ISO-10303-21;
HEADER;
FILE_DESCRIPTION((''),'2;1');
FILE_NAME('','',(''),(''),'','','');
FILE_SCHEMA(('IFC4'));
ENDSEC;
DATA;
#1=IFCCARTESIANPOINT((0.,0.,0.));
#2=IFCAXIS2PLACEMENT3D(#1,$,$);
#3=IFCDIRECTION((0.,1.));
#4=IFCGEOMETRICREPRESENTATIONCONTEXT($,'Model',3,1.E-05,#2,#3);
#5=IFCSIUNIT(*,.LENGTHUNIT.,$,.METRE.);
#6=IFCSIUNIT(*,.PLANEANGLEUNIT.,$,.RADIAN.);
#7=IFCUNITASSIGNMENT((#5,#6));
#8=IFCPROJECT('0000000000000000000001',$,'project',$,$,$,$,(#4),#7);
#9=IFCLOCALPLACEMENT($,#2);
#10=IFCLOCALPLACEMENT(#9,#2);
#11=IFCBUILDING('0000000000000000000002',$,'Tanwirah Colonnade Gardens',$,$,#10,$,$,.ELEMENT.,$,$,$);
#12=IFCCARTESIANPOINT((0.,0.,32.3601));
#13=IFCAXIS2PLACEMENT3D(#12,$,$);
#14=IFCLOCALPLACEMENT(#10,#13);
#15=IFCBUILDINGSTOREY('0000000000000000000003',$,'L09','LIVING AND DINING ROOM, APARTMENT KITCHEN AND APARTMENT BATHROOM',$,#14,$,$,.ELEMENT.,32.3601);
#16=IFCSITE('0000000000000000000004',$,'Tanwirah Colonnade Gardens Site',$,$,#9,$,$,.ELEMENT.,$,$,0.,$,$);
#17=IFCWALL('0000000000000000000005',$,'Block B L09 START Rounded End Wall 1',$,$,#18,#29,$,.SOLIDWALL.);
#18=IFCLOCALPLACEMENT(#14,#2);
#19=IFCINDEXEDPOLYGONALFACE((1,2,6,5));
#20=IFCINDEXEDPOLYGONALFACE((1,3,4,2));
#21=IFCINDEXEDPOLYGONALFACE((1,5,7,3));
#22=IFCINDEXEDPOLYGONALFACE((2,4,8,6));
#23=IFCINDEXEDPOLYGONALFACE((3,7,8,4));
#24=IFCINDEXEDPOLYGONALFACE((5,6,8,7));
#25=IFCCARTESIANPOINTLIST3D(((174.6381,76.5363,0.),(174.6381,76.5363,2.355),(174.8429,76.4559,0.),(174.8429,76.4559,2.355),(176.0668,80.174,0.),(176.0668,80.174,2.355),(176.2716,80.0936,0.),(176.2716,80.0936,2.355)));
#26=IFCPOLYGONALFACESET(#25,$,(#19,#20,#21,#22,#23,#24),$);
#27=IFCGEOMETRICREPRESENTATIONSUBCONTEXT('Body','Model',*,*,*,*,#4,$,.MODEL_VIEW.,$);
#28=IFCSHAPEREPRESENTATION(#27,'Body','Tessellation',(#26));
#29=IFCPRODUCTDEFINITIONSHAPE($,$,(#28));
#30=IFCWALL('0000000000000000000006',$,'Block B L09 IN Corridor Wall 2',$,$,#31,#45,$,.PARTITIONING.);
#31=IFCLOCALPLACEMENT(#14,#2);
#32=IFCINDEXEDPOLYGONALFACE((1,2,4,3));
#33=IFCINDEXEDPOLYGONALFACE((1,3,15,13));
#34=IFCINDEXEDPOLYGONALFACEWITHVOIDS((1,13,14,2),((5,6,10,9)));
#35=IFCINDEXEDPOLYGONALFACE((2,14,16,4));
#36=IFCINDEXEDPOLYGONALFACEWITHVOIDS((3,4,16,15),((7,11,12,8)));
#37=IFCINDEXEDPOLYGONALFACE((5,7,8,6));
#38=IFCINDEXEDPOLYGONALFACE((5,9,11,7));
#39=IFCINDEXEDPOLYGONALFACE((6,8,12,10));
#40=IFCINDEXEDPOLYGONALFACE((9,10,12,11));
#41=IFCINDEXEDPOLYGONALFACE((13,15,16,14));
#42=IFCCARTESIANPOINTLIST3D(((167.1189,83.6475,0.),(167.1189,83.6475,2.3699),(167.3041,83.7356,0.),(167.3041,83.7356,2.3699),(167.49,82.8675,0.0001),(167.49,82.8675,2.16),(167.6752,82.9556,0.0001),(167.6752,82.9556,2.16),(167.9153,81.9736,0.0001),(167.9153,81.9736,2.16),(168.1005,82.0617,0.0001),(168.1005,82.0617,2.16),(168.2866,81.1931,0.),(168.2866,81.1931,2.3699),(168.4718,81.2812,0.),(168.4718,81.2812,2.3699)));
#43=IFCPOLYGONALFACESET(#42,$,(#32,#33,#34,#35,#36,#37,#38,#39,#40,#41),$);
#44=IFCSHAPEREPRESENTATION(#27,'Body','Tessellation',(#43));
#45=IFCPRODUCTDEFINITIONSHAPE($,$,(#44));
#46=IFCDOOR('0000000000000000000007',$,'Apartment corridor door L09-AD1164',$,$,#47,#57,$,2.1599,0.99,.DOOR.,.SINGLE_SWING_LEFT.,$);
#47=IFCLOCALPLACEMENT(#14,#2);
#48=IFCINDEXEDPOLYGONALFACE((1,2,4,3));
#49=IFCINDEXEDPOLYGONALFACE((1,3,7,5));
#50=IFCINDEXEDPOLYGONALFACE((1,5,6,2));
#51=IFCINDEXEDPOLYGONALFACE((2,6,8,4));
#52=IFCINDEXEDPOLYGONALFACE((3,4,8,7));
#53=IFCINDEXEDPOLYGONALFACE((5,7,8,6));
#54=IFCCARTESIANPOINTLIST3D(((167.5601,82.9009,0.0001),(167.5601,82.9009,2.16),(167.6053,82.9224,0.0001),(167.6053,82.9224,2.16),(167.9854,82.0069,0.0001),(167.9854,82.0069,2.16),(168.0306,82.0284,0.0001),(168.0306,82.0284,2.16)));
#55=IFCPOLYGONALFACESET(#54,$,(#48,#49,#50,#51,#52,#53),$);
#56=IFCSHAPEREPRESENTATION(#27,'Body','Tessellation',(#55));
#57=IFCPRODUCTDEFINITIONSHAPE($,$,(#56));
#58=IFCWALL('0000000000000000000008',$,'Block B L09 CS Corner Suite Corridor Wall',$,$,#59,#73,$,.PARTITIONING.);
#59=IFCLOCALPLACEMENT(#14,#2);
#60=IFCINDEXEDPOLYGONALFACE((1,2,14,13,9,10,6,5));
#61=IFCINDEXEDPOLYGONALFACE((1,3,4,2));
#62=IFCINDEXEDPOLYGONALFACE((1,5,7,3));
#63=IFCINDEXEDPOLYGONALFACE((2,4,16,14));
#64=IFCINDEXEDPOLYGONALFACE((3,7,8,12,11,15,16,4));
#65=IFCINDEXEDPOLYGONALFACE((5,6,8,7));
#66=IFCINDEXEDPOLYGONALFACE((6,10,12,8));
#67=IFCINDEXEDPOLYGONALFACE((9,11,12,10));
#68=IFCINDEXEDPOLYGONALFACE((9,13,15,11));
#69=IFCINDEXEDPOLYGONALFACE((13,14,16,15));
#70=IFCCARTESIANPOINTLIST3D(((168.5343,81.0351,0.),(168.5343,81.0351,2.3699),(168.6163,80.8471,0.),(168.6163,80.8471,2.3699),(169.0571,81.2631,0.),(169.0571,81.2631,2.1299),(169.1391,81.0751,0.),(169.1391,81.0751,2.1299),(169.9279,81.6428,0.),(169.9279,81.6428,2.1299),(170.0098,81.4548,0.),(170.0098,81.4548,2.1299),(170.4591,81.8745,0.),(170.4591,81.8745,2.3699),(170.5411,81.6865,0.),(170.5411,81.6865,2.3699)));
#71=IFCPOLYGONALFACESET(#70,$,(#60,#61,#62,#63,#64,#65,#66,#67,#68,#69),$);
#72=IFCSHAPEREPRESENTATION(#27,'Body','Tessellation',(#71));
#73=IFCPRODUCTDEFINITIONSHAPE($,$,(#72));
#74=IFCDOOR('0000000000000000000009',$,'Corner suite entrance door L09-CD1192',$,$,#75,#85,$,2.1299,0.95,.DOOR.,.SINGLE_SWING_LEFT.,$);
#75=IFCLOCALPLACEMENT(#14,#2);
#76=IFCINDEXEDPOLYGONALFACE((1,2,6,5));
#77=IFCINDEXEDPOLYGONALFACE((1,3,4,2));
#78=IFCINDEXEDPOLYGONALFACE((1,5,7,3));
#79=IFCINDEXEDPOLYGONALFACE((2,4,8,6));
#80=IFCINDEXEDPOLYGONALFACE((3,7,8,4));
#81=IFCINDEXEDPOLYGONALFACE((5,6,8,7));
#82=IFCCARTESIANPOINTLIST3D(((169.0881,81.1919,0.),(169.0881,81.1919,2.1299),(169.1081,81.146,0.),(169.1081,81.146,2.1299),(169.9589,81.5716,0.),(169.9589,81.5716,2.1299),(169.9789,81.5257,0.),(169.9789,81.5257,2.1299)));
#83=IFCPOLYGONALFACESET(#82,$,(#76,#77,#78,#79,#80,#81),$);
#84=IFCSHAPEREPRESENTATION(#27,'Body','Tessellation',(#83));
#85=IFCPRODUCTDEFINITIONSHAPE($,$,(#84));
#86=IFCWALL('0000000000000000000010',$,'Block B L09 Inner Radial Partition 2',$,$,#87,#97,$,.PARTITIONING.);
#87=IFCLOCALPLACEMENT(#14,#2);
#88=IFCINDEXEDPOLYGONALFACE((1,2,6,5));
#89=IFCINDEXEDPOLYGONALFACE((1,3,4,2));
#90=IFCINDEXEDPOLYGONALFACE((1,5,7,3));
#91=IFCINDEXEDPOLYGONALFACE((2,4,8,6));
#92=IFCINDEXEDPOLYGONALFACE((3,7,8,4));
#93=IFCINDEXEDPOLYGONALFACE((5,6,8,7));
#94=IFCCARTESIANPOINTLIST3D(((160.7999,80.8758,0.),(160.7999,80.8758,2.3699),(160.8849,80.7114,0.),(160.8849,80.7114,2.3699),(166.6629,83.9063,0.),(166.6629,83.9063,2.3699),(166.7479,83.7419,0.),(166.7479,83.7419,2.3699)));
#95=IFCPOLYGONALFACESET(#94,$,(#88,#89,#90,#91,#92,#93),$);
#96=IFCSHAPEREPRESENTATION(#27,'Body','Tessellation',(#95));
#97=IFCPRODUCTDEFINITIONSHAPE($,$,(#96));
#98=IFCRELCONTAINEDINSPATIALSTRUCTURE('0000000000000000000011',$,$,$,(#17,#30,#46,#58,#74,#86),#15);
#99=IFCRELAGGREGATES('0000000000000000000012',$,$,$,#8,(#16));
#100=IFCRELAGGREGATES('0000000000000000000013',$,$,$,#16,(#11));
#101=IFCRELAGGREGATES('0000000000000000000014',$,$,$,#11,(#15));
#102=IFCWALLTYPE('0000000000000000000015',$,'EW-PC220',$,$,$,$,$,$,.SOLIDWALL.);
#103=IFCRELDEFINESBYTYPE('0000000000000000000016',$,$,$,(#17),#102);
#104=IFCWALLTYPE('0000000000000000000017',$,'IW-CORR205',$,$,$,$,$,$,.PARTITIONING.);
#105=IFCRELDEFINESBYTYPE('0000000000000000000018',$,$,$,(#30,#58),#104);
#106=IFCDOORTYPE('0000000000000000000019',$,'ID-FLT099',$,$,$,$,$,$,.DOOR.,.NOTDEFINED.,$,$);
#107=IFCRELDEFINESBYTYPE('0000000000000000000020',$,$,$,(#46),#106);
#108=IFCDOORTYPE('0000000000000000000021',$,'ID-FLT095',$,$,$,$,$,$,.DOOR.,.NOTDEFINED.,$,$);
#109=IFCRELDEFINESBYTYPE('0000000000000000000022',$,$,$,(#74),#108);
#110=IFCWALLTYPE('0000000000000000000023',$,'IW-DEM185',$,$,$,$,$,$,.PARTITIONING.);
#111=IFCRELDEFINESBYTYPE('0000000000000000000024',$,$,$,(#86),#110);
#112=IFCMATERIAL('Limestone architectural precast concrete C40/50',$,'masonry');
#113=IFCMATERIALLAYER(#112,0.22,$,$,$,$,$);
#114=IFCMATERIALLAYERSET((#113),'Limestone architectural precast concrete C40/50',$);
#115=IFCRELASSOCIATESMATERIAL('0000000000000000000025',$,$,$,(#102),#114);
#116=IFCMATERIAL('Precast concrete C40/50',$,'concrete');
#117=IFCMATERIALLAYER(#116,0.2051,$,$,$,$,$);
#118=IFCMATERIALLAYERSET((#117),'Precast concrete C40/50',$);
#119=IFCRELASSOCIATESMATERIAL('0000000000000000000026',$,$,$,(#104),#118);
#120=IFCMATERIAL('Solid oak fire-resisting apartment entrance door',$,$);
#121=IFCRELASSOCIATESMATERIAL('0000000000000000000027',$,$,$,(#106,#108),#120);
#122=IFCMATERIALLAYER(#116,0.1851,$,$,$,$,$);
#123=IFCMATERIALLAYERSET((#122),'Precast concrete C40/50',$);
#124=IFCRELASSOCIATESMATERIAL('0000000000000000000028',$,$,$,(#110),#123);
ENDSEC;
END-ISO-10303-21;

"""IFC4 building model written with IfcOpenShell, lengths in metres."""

from ifc_helpers import new_model, si_unit, direction, frame, frame_2d, origin, place, context, subcontext, project, spatial, rectangle, extrude, material, layer, layer_set, type_object, element, fill, save


model = new_model("IFC4")

# Units and contexts
model_context = context("Model", 3, precision=1e-05, world=origin(), true_north=direction((0.0, 1.0)))
body_context = subcontext(model_context, "Body", "Model", "MODEL_VIEW")
ifc_project = project(units=[si_unit("LENGTHUNIT", "METRE"), si_unit("PLANEANGLEUNIT", "RADIAN")], contexts=[model_context])

# Site, building, storey
site_placement = place(None, origin())
site = spatial("IfcSite", under=ifc_project, at=site_placement, Name="Tanwirah Colonnade Gardens Site", CompositionType="ELEMENT", RefElevation=0.0)
building_placement = place(site_placement, origin())
building = spatial("IfcBuilding", under=site, at=building_placement, Name="Tanwirah Colonnade Gardens", CompositionType="ELEMENT")
storey_placement = place(building_placement, frame((0.0, 0.0, 32.3601)))
storey = spatial("IfcBuildingStorey", under=building, at=storey_placement, Name="L09", Description="LIVING AND DINING ROOM, APARTMENT KITCHEN AND APARTMENT BATHROOM", CompositionType="ELEMENT", Elevation=32.3601)

# Shared definitions
ifc_material_1 = material(Name="Precast concrete C40/50", Category="concrete")

# Shared definitions
ifc_material_2 = material(Name="Limestone architectural precast concrete C40/50", Category="masonry")
ifc_layer_1 = layer(ifc_material_2, 0.22)
ifc_layer_set_1 = layer_set([ifc_layer_1], Name="Limestone architectural precast concrete C40/50")
wall_type_1 = type_object("IfcWallType", Name="EW-PC220", PredefinedType="SOLIDWALL", material=ifc_layer_set_1)

# Wall
wall_1_placement = place(storey_placement, frame((176.1692, 80.1338, 0.0), z_axis=(0.0, 0.0, 1.0), x_axis=(-0.365567, -0.930785, 0.0)))
element("IfcWall", 1, at=wall_1_placement, inside=storey, type_object=wall_type_1, Name="Block B L09 START Rounded End Wall 1", PredefinedType="SOLIDWALL", context=body_context, shape_type="SweptSolid", body=[
    extrude(rectangle(XDim=3.9082, YDim=0.22, at=frame_2d((1.9541, 0.0))), origin(), (0.0, 0.0, 1.0), 2.355),
])

# Walls, openings, doors
ifc_layer_2 = layer(ifc_material_1, 0.2051)
ifc_layer_set_2 = layer_set([ifc_layer_2], Name="Precast concrete C40/50")
wall_type_2 = type_object("IfcWallType", Name="IW-CORR205", PredefinedType="PARTITIONING", material=ifc_layer_set_2)
wall_2_placement = place(storey_placement, frame((168.3792, 81.2373, 0.0), z_axis=(0.0, 0.0, 1.0), x_axis=(-0.42963, 0.903005, 0.0)))
wall_2 = element("IfcWall", 2, at=wall_2_placement, inside=storey, type_object=wall_type_2, Name="Block B L09 IN Corridor Wall 2", PredefinedType="PARTITIONING", context=body_context, shape_type="SweptSolid", body=[
    extrude(rectangle(XDim=2.718, YDim=0.2051, at=frame_2d((1.3589, 0.0))), origin(), (0.0, 0.0, 1.0), 2.3699),
])
opening_1_placement = place(wall_2_placement, frame((0.864, 0.0, 0.0)))
opening_1 = element("IfcOpeningElement", 3, at=opening_1_placement, cuts=wall_2, PredefinedType="OPENING", context=body_context, shape_type="SweptSolid", body=[
    extrude(rectangle(XDim=0.99, YDim=2.1599, at=frame_2d((0.4951, 1.0801))), frame((0.0, 0.1125, 0.0), z_axis=(0.0, -1.0, 0.0), x_axis=(1.0, 0.0, 0.0)), (0.0, 0.0, 1.0), 0.2251),
])
ifc_material_3 = material(Name="Solid oak fire-resisting apartment entrance door")
door_type_1 = type_object("IfcDoorType", Name="ID-FLT099", OperationType="NOTDEFINED", PredefinedType="DOOR", material=ifc_material_3)
door_1_placement = place(opening_1_placement, origin())
door_1 = element("IfcDoor", 4, at=door_1_placement, inside=storey, type_object=door_type_1, Name="Apartment corridor door L09-AD1164", OperationType="SINGLE_SWING_LEFT", OverallHeight=2.1599, OverallWidth=0.99, PredefinedType="DOOR", context=body_context, shape_type="SweptSolid", body=[
    extrude(rectangle(XDim=0.99, YDim=2.1599, at=frame_2d((0.4951, 1.0801))), frame((0.0, 0.0249, 0.0), z_axis=(0.0, -1.0, 0.0), x_axis=(1.0, 0.0, 0.0)), (0.0, 0.0, 1.0), 0.05),
])
fill(opening_1, door_1)
wall_3_placement = place(storey_placement, frame((168.5754, 80.9412, 0.0), z_axis=(0.0, 0.0, 1.0), x_axis=(0.916637, 0.399721, 0.0)))
wall_3 = element("IfcWall", 5, at=wall_3_placement, inside=storey, type_object=wall_type_2, Name="Block B L09 CS Corner Suite Corridor Wall", PredefinedType="PARTITIONING", context=body_context, shape_type="SweptSolid", body=[
    extrude(rectangle(XDim=2.0999, YDim=0.2051, at=frame_2d((1.0498, 0.0))), origin(), (0.0, 0.0, 1.0), 2.3699),
])
opening_2_placement = place(wall_3_placement, frame((0.5701, 0.0, 0.0)))
opening_2 = element("IfcOpeningElement", 6, at=opening_2_placement, cuts=wall_3, PredefinedType="OPENING", context=body_context, shape_type="SweptSolid", body=[
    extrude(rectangle(XDim=0.95, YDim=2.1299, at=frame_2d((0.4751, 1.0649))), frame((0.0, 0.1125, 0.0), z_axis=(0.0, -1.0, 0.0), x_axis=(1.0, 0.0, 0.0)), (0.0, 0.0, 1.0), 0.2251),
])
door_type_2 = type_object("IfcDoorType", Name="ID-FLT095", OperationType="NOTDEFINED", PredefinedType="DOOR", material=ifc_material_3)
door_2_placement = place(opening_2_placement, origin())
door_2 = element("IfcDoor", 7, at=door_2_placement, inside=storey, type_object=door_type_2, Name="Corner suite entrance door L09-CD1192", OperationType="SINGLE_SWING_LEFT", OverallHeight=2.1299, OverallWidth=0.95, PredefinedType="DOOR", context=body_context, shape_type="SweptSolid", body=[
    extrude(rectangle(XDim=0.95, YDim=2.1299, at=frame_2d((0.4751, 1.0649))), frame((0.0, 0.0249, 0.0), z_axis=(0.0, -1.0, 0.0), x_axis=(1.0, 0.0, 0.0)), (0.0, 0.0, 1.0), 0.05),
])
fill(opening_2, door_2)

# Wall
ifc_layer_3 = layer(ifc_material_1, 0.1851)
ifc_layer_set_3 = layer_set([ifc_layer_3], Name="Precast concrete C40/50")
wall_type_3 = type_object("IfcWallType", Name="IW-DEM185", PredefinedType="PARTITIONING", material=ifc_layer_set_3)
wall_4_placement = place(storey_placement, frame((160.8425, 80.7937, 0.0), z_axis=(0.0, 0.0, 1.0), x_axis=(0.888347, 0.459173, 0.0)))
element("IfcWall", 8, at=wall_4_placement, inside=storey, type_object=wall_type_3, Name="Block B L09 Inner Radial Partition 2", PredefinedType="PARTITIONING", context=body_context, shape_type="SweptSolid", body=[
    extrude(rectangle(XDim=6.5999, YDim=0.1851, at=frame_2d((3.2998, 0.0))), origin(), (0.0, 0.0, 1.0), 2.3699),
])

save(model, "model.ifc")
